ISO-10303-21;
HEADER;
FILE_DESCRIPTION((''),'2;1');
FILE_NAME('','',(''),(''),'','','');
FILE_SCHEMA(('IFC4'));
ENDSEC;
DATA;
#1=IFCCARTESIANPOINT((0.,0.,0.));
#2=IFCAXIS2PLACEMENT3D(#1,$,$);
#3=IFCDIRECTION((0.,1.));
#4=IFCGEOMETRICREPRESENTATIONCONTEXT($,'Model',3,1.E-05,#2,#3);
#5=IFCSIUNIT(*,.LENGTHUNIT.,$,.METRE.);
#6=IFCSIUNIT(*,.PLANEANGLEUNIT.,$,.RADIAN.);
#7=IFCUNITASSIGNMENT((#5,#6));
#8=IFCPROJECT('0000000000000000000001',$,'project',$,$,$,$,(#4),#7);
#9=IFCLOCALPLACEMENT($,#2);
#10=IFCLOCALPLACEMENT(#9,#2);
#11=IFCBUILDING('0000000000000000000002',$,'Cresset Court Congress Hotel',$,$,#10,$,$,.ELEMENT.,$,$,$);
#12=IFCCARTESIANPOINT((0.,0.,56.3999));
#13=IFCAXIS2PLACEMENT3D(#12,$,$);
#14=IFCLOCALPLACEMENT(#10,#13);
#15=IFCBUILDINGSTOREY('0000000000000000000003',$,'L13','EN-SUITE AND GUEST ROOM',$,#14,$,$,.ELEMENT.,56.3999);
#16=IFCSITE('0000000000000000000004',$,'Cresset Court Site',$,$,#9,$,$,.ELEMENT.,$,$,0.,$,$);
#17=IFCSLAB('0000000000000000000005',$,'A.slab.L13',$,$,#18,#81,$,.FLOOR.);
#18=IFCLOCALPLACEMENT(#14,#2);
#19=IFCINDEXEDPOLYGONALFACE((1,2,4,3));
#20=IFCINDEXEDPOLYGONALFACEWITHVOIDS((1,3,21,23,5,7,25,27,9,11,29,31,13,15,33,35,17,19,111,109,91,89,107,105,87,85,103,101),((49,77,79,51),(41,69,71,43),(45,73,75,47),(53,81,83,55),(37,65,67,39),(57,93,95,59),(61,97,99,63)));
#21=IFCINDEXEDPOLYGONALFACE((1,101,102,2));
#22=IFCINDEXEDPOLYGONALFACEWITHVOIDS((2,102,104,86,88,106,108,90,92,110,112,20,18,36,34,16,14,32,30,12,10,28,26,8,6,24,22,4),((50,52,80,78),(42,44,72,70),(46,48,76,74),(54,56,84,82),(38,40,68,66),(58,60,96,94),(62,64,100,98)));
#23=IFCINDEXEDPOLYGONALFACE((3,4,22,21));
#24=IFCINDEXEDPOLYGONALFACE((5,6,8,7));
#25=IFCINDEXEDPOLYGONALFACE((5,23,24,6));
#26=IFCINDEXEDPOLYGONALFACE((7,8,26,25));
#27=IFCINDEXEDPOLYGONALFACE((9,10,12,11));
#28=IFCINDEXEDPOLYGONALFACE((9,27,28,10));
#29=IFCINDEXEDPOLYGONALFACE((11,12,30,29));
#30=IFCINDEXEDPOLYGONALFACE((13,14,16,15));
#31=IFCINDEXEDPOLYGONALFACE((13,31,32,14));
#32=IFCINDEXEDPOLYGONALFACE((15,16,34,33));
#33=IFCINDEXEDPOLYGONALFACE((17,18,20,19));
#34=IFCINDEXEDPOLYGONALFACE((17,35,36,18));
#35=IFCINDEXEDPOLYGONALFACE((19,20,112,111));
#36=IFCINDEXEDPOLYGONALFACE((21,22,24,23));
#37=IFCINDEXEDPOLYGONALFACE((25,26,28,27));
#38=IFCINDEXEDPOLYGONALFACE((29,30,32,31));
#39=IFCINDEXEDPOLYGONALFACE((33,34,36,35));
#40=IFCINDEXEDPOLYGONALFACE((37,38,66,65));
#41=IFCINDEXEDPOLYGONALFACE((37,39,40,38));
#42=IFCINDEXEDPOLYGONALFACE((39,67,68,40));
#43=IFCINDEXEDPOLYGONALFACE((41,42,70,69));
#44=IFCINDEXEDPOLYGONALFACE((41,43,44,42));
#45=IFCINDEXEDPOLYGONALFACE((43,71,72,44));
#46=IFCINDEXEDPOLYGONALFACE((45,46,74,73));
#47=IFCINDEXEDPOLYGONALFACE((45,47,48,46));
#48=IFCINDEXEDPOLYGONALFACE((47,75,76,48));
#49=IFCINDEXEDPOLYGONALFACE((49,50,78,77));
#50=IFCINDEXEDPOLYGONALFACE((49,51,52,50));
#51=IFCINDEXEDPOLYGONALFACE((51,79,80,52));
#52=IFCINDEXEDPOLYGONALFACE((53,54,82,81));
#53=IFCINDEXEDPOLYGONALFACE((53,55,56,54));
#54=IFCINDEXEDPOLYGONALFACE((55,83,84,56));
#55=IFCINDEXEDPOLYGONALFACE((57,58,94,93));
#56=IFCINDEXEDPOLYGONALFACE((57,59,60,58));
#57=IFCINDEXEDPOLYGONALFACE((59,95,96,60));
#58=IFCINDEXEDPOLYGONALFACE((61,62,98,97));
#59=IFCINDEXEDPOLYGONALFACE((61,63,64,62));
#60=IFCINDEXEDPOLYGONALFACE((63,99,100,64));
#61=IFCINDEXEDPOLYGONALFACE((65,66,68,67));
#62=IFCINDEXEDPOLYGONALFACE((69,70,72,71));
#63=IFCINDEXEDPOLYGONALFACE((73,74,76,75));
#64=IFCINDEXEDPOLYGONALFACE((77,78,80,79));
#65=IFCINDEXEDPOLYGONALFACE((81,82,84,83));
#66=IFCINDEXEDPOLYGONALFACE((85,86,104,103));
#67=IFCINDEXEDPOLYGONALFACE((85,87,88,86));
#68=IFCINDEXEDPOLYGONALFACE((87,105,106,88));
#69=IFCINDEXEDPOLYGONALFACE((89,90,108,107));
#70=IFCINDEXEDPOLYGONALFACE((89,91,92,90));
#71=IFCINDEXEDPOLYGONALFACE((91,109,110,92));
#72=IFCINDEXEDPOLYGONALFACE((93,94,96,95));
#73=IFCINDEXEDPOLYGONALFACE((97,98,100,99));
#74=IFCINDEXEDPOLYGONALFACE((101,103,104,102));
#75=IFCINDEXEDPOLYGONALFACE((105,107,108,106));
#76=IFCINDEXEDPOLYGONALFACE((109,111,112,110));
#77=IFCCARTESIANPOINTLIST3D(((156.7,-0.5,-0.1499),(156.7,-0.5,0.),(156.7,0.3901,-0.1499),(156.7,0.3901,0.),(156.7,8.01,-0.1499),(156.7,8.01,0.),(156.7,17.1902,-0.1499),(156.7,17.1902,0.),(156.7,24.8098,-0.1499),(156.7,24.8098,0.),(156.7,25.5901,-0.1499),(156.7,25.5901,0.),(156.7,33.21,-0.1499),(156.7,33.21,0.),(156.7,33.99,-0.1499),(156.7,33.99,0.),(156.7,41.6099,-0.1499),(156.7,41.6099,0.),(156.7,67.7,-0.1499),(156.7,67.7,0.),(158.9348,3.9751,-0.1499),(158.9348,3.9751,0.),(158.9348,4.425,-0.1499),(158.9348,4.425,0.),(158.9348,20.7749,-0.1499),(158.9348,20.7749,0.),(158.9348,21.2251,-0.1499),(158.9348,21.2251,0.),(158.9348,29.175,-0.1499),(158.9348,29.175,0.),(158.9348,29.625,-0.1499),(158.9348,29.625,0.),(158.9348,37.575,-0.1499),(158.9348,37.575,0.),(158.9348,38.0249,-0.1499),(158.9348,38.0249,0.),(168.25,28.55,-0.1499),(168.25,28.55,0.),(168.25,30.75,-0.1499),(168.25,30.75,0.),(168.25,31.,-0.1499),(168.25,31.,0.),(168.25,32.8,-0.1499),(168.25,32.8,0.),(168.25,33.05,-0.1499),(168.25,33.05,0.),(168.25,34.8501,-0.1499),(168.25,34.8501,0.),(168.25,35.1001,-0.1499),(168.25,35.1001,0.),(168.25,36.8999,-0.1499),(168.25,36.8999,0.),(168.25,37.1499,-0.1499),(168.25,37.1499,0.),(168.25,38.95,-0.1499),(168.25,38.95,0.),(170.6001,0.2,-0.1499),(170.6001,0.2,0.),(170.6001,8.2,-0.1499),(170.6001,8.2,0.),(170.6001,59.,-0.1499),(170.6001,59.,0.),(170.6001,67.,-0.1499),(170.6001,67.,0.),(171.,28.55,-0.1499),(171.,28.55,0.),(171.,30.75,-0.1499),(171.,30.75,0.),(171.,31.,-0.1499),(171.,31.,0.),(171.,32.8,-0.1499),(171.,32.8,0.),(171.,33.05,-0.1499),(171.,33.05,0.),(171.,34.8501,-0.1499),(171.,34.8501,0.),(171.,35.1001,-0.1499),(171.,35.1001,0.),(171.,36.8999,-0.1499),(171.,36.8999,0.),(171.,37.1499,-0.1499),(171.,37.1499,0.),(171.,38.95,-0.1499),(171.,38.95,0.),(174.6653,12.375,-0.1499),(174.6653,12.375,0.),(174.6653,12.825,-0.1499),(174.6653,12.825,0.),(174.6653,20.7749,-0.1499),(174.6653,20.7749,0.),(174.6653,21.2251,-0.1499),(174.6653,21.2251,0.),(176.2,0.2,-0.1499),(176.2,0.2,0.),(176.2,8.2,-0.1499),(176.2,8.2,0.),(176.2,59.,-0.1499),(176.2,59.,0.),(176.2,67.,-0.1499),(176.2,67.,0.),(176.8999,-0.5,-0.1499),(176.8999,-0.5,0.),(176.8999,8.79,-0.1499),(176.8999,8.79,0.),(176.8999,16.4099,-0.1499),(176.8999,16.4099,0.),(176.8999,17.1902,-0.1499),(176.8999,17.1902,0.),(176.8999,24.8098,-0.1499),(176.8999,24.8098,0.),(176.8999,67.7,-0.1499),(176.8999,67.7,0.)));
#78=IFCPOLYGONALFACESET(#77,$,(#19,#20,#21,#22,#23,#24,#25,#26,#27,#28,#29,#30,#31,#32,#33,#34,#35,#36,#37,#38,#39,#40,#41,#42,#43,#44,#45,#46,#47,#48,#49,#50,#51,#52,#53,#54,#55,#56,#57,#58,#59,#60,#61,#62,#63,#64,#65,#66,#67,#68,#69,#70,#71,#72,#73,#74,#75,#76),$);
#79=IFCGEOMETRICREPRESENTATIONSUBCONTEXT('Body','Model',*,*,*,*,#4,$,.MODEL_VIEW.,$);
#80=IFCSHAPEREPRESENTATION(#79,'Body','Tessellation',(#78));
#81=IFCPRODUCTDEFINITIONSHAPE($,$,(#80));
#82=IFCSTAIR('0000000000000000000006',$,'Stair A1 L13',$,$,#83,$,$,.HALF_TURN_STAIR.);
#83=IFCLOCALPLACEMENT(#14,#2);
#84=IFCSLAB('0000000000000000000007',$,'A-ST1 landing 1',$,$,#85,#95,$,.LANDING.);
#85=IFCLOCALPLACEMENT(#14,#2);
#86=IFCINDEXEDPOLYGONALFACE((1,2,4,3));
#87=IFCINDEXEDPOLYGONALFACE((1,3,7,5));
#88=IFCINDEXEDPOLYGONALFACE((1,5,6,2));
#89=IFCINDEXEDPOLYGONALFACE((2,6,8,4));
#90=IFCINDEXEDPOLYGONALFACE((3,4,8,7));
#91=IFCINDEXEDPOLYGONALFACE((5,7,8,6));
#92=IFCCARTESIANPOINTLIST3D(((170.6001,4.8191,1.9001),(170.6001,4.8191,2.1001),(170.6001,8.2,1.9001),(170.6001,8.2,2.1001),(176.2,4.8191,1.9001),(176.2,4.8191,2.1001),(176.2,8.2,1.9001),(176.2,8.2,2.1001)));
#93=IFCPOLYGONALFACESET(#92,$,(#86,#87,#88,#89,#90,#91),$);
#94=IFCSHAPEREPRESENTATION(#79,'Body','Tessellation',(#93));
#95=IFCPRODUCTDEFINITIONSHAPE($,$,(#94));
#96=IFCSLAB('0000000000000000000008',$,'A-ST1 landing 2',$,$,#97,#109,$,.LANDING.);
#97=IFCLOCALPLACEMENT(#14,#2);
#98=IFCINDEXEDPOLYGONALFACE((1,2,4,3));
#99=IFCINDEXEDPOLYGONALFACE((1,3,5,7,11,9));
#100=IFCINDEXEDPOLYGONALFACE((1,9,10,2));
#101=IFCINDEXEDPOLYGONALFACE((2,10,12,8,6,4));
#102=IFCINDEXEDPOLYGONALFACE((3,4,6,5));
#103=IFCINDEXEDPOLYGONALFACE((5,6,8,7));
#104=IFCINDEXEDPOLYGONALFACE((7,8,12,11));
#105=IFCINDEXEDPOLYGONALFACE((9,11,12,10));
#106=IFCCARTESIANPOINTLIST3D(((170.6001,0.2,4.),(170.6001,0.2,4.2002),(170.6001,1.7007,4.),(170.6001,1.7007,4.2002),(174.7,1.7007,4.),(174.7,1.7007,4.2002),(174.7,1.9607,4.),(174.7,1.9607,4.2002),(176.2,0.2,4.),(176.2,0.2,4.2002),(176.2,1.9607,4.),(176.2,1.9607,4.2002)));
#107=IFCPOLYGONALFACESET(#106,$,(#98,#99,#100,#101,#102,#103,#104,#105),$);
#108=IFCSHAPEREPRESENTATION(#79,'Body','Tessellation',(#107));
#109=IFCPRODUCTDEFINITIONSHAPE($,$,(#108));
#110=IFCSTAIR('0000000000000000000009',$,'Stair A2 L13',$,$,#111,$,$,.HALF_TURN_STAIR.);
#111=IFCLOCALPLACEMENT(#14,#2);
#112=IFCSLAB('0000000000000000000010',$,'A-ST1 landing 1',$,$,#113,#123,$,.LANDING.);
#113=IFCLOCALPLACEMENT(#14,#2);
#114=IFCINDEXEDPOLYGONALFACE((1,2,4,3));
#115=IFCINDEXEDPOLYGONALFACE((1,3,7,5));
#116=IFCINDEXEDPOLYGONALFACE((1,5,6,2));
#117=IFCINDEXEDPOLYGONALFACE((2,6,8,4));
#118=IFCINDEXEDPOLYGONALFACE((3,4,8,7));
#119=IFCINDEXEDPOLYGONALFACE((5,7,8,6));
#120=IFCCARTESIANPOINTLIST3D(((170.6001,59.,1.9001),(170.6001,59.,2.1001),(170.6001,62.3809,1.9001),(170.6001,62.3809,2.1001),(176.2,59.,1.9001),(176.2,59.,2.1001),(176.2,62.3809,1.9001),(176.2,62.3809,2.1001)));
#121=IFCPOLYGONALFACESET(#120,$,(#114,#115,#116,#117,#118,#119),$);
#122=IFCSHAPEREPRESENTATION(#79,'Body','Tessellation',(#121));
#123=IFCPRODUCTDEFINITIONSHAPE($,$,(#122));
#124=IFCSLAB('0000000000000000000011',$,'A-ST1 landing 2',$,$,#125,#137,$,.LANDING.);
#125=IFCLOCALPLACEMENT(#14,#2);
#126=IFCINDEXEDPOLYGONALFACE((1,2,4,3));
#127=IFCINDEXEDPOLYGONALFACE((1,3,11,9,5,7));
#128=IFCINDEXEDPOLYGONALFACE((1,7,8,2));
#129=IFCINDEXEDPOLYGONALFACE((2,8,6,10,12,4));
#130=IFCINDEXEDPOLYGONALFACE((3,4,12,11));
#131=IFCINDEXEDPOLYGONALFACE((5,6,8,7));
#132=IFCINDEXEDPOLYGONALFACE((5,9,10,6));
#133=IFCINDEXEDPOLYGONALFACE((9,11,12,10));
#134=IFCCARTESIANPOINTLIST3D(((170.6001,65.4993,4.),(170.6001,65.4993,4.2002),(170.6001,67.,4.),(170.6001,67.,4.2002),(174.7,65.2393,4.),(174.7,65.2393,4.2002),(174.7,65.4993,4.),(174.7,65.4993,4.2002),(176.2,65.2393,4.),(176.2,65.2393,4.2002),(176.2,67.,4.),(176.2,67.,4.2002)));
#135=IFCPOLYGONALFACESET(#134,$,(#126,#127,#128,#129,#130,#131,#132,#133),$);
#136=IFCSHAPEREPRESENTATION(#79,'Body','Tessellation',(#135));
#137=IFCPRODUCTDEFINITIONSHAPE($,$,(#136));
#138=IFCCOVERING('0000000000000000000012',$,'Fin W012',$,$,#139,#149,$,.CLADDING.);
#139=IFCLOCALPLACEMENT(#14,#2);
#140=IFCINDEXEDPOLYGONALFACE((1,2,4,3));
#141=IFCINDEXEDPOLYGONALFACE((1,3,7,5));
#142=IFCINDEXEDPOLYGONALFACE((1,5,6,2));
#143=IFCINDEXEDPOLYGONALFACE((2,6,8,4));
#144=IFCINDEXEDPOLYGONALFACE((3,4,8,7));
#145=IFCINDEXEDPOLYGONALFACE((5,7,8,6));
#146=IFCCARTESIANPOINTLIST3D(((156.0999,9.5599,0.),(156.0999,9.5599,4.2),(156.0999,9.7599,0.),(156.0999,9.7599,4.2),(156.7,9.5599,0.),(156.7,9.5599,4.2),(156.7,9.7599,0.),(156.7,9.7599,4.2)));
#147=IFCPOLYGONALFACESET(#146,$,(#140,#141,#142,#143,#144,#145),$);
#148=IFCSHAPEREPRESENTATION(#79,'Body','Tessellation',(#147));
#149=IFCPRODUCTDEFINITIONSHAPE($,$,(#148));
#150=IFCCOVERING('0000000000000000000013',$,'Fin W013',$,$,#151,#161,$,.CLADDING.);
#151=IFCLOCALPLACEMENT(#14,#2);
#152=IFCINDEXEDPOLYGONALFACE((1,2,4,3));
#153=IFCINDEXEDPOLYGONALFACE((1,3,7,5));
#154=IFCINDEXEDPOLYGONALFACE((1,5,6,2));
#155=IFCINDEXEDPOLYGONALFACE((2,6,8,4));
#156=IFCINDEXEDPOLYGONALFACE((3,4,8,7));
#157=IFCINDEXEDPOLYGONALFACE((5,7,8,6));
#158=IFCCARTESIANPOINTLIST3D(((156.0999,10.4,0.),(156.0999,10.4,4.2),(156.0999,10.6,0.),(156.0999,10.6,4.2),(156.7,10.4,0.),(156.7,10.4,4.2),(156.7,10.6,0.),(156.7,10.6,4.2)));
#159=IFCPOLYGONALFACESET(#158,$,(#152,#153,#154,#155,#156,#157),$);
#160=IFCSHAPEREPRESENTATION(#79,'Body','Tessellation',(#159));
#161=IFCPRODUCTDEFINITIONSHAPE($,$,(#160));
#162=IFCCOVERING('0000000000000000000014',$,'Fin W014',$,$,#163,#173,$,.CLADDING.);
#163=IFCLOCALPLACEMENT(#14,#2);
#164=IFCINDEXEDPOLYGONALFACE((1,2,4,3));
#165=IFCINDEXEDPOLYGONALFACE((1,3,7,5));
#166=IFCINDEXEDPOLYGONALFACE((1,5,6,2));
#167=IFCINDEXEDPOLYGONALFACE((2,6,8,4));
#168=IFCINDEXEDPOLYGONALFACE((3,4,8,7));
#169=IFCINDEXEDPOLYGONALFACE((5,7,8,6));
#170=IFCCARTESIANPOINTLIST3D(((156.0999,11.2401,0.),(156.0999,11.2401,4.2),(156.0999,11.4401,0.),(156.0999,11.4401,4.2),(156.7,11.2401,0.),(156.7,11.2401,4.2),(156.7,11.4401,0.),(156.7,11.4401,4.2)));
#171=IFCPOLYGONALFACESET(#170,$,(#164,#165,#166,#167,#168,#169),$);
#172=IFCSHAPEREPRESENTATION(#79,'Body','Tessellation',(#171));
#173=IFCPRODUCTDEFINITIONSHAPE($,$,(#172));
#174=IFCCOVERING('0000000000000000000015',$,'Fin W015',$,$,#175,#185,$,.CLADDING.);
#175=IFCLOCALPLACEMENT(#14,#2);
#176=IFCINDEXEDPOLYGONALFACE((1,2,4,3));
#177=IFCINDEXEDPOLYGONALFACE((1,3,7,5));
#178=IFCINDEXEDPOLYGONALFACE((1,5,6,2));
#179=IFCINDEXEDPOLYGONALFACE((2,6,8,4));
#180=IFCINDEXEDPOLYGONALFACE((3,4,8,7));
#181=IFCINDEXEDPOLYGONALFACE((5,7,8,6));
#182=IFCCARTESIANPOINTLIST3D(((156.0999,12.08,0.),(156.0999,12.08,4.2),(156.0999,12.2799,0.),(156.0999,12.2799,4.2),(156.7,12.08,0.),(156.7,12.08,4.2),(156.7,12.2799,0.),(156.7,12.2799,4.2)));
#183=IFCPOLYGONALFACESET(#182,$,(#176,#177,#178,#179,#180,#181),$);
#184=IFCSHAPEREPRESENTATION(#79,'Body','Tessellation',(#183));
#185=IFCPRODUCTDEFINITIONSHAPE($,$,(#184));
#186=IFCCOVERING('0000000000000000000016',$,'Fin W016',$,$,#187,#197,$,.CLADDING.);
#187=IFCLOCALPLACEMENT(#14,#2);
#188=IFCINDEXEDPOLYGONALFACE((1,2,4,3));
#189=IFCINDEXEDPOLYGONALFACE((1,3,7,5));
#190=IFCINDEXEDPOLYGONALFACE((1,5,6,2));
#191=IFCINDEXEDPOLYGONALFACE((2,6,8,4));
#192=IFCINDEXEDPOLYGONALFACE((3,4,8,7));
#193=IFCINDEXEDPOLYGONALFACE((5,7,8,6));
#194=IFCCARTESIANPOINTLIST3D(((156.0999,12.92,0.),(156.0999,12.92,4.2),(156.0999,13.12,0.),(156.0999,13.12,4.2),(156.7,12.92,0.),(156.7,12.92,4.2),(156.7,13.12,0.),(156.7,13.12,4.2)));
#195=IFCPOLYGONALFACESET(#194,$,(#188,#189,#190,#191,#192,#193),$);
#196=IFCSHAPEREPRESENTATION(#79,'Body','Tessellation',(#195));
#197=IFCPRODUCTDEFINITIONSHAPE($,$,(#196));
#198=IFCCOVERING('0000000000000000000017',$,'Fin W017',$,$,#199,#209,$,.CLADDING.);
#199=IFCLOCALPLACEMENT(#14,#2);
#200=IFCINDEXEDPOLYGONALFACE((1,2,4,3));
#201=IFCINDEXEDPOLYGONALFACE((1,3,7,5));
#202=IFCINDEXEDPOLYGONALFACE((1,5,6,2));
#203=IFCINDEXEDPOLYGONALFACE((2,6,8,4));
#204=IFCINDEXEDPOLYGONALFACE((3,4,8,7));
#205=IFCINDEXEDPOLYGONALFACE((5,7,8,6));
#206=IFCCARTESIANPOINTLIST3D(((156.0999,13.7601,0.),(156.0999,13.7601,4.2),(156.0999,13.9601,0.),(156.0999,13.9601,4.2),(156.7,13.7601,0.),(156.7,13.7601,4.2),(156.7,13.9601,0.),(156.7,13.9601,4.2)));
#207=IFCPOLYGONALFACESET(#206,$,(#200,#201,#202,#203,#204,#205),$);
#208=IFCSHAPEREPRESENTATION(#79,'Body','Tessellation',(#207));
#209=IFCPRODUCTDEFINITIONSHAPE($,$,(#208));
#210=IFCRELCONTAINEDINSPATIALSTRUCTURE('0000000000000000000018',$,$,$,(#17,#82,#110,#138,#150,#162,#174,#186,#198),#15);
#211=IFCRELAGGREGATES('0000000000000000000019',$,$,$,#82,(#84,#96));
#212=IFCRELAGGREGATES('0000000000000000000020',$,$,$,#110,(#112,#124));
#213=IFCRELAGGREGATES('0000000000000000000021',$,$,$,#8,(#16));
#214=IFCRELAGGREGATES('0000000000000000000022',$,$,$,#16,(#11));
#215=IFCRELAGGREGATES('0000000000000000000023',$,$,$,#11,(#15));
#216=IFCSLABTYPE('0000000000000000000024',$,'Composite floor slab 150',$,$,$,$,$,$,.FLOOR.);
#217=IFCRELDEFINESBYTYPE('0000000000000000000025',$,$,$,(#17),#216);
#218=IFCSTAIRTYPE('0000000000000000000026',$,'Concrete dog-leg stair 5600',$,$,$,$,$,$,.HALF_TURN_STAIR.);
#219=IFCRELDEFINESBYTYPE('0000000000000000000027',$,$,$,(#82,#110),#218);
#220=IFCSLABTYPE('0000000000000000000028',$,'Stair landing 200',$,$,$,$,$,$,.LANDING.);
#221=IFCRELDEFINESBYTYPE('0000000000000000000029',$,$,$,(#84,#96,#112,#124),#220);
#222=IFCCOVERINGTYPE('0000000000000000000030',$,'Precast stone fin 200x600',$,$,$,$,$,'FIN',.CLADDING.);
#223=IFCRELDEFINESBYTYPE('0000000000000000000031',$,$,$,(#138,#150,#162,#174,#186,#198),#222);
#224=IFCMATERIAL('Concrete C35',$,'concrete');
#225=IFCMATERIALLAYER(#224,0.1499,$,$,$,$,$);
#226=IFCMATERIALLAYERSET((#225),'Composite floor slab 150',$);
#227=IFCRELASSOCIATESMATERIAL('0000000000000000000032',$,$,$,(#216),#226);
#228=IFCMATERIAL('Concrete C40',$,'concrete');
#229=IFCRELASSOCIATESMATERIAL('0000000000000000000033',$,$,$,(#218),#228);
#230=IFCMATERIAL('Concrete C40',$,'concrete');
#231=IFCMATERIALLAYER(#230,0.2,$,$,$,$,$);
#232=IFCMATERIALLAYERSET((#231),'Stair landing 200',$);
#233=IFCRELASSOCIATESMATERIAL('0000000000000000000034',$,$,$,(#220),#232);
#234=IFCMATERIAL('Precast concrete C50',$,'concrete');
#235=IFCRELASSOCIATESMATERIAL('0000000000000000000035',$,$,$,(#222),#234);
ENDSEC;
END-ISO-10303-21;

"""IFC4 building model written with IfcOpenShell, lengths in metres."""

from ifc_helpers import new_model, si_unit, direction, frame, origin, origin_2d, place, context, subcontext, project, spatial, polyline, rectangle, outline, extrude, material, layer, layer_set, type_object, element, aggregate, save


model = new_model("IFC4")

# Units and contexts
model_context = context("Model", 3, precision=1e-05, world=origin(), true_north=direction((0.0, 1.0)))
body_context = subcontext(model_context, "Body", "Model", "MODEL_VIEW")
ifc_project = project(units=[si_unit("LENGTHUNIT", "METRE"), si_unit("PLANEANGLEUNIT", "RADIAN")], contexts=[model_context])

# Site, building, storey
site_placement = place(None, origin())
site = spatial("IfcSite", under=ifc_project, at=site_placement, Name="Cresset Court Site", CompositionType="ELEMENT", RefElevation=0.0)
building_placement = place(site_placement, origin())
building = spatial("IfcBuilding", under=site, at=building_placement, Name="Cresset Court Congress Hotel", CompositionType="ELEMENT")
storey_placement = place(building_placement, frame((0.0, 0.0, 56.3999)))
storey = spatial("IfcBuildingStorey", under=building, at=storey_placement, Name="L13", Description="EN-SUITE AND GUEST ROOM", CompositionType="ELEMENT", Elevation=56.3999)

# Slab
ifc_material_1 = material(Name="Concrete C35", Category="concrete")
ifc_layer_1 = layer(ifc_material_1, 0.1499)
ifc_layer_set_1 = layer_set([ifc_layer_1], Name="Composite floor slab 150")
slab_type_1 = type_object("IfcSlabType", Name="Composite floor slab 150", PredefinedType="FLOOR", material=ifc_layer_set_1)
slab_1_placement = place(storey_placement, frame((0.0, 0.0, -0.1499)))
element("IfcSlab", 1, at=slab_1_placement, inside=storey, type_object=slab_type_1, Name="A.slab.L13", PredefinedType="FLOOR", context=body_context, shape_type="SweptSolid", body=[
    extrude(outline(polyline([(156.7, -0.5), (176.8999, -0.5), (176.8999, 8.79), (174.6653, 12.375), (174.6653, 12.825), (176.8999, 16.4099), (176.8999, 17.1902), (174.6653, 20.7749), (174.6653, 21.2251), (176.8999, 24.8098), (176.8999, 67.7), (156.7, 67.7), (156.7, 41.6099), (158.9348, 38.0249), (158.9348, 37.575), (156.7, 33.99), (156.7, 33.21), (158.9348, 29.625), (158.9348, 29.175), (156.7, 25.5901), (156.7, 24.8098), (158.9348, 21.2251), (158.9348, 20.7749), (156.7, 17.1902), (156.7, 8.01), (158.9348, 4.425), (158.9348, 3.9751), (156.7, 0.3901), (156.7, -0.5)]), holes=[polyline([(170.6001, 0.2), (176.2, 0.2), (176.2, 8.2), (170.6001, 8.2), (170.6001, 0.2)]), polyline([(170.6001, 59.0), (176.2, 59.0), (176.2, 67.0), (170.6001, 67.0), (170.6001, 59.0)]), polyline([(168.25, 28.55), (171.0, 28.55), (171.0, 30.75), (168.25, 30.75), (168.25, 28.55)]), polyline([(168.25, 31.0), (171.0, 31.0), (171.0, 32.8), (168.25, 32.8), (168.25, 31.0)]), polyline([(168.25, 33.05), (171.0, 33.05), (171.0, 34.8501), (168.25, 34.8501), (168.25, 33.05)]), polyline([(168.25, 35.1001), (171.0, 35.1001), (171.0, 36.8999), (168.25, 36.8999), (168.25, 35.1001)]), polyline([(168.25, 37.1499), (171.0, 37.1499), (171.0, 38.95), (168.25, 38.95), (168.25, 37.1499)])]), origin(), (0.0, 0.0, 1.0), 0.1499),
])

# Stairs, slabs
ifc_material_2 = material(Name="Concrete C40", Category="concrete")
stair_type = type_object("IfcStairType", Name="Concrete dog-leg stair 5600", PredefinedType="HALF_TURN_STAIR", material=ifc_material_2)
stair_1_placement = place(storey_placement, origin())
stair_1 = element("IfcStair", 2, at=stair_1_placement, inside=storey, type_object=stair_type, Name="Stair A1 L13", PredefinedType="HALF_TURN_STAIR")
ifc_material_3 = material(Name="Concrete C40", Category="concrete")
ifc_layer_2 = layer(ifc_material_3, 0.2)
ifc_layer_set_2 = layer_set([ifc_layer_2], Name="Stair landing 200")
slab_type_2 = type_object("IfcSlabType", Name="Stair landing 200", PredefinedType="LANDING", material=ifc_layer_set_2)
slab_2_placement = place(storey_placement, frame((0.0, 0.0, 1.9001)))
slab_2 = element("IfcSlab", 3, at=slab_2_placement, type_object=slab_type_2, Name="A-ST1 landing 1", PredefinedType="LANDING", context=body_context, shape_type="SweptSolid", body=[
    extrude(outline(polyline([(170.6001, 4.8191), (176.2, 4.8191), (176.2, 8.2), (170.6001, 8.2), (170.6001, 4.8191)])), origin(), (0.0, 0.0, 1.0), 0.2),
])
slab_3_placement = place(storey_placement, frame((0.0, 0.0, 4.0)))
slab_3 = element("IfcSlab", 4, at=slab_3_placement, type_object=slab_type_2, Name="A-ST1 landing 2", PredefinedType="LANDING", context=body_context, shape_type="SweptSolid", body=[
    extrude(outline(polyline([(170.6001, 0.2), (176.2, 0.2), (176.2, 1.9607), (174.7, 1.9607), (174.7, 1.7007), (170.6001, 1.7007), (170.6001, 0.2)])), origin(), (0.0, 0.0, 1.0), 0.2002),
])
aggregate(stair_1, [slab_2, slab_3])
stair_2_placement = place(storey_placement, origin())
stair_2 = element("IfcStair", 5, at=stair_2_placement, inside=storey, type_object=stair_type, Name="Stair A2 L13", PredefinedType="HALF_TURN_STAIR")
slab_4_placement = place(storey_placement, frame((0.0, 0.0, 1.9001)))
slab_4 = element("IfcSlab", 6, at=slab_4_placement, type_object=slab_type_2, Name="A-ST1 landing 1", PredefinedType="LANDING", context=body_context, shape_type="SweptSolid", body=[
    extrude(outline(polyline([(170.6001, 62.3809), (176.2, 62.3809), (176.2, 59.0), (170.6001, 59.0), (170.6001, 62.3809)])), origin(), (0.0, 0.0, 1.0), 0.2),
])
slab_5_placement = place(storey_placement, frame((0.0, 0.0, 4.0)))
slab_5 = element("IfcSlab", 7, at=slab_5_placement, type_object=slab_type_2, Name="A-ST1 landing 2", PredefinedType="LANDING", context=body_context, shape_type="SweptSolid", body=[
    extrude(outline(polyline([(170.6001, 67.0), (176.2, 67.0), (176.2, 65.2393), (174.7, 65.2393), (174.7, 65.4993), (170.6001, 65.4993), (170.6001, 67.0)])), origin(), (0.0, 0.0, 1.0), 0.2002),
])
aggregate(stair_2, [slab_4, slab_5])

# Coverings
ifc_material_4 = material(Name="Precast concrete C50", Category="concrete")
covering_type_1 = type_object("IfcCoveringType", Name="Precast stone fin 200x600", ElementType="FIN", PredefinedType="CLADDING", material=ifc_material_4)
for number, where, z_axis, x_axis, name in (
    (8, (156.3999, 9.6599, 0.0), (0.0, 0.0, 1.0), (1.0, 0.0, 0.0), "Fin W012"),
    (9, (156.3999, 10.5, 0.0), (0.0, 0.0, 1.0), (1.0, 0.0, 0.0), "Fin W013"),
    (10, (156.3999, 11.3401, 0.0), (0.0, 0.0, 1.0), (1.0, 0.0, 0.0), "Fin W014"),
    (11, (156.3999, 12.1799, 0.0), (0.0, 0.0, 1.0), (1.0, 0.0, 0.0), "Fin W015"),
    (12, (156.3999, 13.02, 0.0), (0.0, 0.0, 1.0), (1.0, 0.0, 0.0), "Fin W016"),
    (13, (156.3999, 13.8601, 0.0), (0.0, 0.0, 1.0), (1.0, 0.0, 0.0), "Fin W017"),
):
    element("IfcCovering", number, at=place(storey_placement, frame(where, z_axis=z_axis, x_axis=x_axis)), inside=storey, type_object=covering_type_1, Name=name, PredefinedType="CLADDING", context=body_context, shape_type="SweptSolid", body=[
        extrude(rectangle(XDim=0.6001, YDim=0.2, at=origin_2d()), origin(), (0.0, 0.0, 1.0), 4.2),
    ])

save(model, "model.ifc")
